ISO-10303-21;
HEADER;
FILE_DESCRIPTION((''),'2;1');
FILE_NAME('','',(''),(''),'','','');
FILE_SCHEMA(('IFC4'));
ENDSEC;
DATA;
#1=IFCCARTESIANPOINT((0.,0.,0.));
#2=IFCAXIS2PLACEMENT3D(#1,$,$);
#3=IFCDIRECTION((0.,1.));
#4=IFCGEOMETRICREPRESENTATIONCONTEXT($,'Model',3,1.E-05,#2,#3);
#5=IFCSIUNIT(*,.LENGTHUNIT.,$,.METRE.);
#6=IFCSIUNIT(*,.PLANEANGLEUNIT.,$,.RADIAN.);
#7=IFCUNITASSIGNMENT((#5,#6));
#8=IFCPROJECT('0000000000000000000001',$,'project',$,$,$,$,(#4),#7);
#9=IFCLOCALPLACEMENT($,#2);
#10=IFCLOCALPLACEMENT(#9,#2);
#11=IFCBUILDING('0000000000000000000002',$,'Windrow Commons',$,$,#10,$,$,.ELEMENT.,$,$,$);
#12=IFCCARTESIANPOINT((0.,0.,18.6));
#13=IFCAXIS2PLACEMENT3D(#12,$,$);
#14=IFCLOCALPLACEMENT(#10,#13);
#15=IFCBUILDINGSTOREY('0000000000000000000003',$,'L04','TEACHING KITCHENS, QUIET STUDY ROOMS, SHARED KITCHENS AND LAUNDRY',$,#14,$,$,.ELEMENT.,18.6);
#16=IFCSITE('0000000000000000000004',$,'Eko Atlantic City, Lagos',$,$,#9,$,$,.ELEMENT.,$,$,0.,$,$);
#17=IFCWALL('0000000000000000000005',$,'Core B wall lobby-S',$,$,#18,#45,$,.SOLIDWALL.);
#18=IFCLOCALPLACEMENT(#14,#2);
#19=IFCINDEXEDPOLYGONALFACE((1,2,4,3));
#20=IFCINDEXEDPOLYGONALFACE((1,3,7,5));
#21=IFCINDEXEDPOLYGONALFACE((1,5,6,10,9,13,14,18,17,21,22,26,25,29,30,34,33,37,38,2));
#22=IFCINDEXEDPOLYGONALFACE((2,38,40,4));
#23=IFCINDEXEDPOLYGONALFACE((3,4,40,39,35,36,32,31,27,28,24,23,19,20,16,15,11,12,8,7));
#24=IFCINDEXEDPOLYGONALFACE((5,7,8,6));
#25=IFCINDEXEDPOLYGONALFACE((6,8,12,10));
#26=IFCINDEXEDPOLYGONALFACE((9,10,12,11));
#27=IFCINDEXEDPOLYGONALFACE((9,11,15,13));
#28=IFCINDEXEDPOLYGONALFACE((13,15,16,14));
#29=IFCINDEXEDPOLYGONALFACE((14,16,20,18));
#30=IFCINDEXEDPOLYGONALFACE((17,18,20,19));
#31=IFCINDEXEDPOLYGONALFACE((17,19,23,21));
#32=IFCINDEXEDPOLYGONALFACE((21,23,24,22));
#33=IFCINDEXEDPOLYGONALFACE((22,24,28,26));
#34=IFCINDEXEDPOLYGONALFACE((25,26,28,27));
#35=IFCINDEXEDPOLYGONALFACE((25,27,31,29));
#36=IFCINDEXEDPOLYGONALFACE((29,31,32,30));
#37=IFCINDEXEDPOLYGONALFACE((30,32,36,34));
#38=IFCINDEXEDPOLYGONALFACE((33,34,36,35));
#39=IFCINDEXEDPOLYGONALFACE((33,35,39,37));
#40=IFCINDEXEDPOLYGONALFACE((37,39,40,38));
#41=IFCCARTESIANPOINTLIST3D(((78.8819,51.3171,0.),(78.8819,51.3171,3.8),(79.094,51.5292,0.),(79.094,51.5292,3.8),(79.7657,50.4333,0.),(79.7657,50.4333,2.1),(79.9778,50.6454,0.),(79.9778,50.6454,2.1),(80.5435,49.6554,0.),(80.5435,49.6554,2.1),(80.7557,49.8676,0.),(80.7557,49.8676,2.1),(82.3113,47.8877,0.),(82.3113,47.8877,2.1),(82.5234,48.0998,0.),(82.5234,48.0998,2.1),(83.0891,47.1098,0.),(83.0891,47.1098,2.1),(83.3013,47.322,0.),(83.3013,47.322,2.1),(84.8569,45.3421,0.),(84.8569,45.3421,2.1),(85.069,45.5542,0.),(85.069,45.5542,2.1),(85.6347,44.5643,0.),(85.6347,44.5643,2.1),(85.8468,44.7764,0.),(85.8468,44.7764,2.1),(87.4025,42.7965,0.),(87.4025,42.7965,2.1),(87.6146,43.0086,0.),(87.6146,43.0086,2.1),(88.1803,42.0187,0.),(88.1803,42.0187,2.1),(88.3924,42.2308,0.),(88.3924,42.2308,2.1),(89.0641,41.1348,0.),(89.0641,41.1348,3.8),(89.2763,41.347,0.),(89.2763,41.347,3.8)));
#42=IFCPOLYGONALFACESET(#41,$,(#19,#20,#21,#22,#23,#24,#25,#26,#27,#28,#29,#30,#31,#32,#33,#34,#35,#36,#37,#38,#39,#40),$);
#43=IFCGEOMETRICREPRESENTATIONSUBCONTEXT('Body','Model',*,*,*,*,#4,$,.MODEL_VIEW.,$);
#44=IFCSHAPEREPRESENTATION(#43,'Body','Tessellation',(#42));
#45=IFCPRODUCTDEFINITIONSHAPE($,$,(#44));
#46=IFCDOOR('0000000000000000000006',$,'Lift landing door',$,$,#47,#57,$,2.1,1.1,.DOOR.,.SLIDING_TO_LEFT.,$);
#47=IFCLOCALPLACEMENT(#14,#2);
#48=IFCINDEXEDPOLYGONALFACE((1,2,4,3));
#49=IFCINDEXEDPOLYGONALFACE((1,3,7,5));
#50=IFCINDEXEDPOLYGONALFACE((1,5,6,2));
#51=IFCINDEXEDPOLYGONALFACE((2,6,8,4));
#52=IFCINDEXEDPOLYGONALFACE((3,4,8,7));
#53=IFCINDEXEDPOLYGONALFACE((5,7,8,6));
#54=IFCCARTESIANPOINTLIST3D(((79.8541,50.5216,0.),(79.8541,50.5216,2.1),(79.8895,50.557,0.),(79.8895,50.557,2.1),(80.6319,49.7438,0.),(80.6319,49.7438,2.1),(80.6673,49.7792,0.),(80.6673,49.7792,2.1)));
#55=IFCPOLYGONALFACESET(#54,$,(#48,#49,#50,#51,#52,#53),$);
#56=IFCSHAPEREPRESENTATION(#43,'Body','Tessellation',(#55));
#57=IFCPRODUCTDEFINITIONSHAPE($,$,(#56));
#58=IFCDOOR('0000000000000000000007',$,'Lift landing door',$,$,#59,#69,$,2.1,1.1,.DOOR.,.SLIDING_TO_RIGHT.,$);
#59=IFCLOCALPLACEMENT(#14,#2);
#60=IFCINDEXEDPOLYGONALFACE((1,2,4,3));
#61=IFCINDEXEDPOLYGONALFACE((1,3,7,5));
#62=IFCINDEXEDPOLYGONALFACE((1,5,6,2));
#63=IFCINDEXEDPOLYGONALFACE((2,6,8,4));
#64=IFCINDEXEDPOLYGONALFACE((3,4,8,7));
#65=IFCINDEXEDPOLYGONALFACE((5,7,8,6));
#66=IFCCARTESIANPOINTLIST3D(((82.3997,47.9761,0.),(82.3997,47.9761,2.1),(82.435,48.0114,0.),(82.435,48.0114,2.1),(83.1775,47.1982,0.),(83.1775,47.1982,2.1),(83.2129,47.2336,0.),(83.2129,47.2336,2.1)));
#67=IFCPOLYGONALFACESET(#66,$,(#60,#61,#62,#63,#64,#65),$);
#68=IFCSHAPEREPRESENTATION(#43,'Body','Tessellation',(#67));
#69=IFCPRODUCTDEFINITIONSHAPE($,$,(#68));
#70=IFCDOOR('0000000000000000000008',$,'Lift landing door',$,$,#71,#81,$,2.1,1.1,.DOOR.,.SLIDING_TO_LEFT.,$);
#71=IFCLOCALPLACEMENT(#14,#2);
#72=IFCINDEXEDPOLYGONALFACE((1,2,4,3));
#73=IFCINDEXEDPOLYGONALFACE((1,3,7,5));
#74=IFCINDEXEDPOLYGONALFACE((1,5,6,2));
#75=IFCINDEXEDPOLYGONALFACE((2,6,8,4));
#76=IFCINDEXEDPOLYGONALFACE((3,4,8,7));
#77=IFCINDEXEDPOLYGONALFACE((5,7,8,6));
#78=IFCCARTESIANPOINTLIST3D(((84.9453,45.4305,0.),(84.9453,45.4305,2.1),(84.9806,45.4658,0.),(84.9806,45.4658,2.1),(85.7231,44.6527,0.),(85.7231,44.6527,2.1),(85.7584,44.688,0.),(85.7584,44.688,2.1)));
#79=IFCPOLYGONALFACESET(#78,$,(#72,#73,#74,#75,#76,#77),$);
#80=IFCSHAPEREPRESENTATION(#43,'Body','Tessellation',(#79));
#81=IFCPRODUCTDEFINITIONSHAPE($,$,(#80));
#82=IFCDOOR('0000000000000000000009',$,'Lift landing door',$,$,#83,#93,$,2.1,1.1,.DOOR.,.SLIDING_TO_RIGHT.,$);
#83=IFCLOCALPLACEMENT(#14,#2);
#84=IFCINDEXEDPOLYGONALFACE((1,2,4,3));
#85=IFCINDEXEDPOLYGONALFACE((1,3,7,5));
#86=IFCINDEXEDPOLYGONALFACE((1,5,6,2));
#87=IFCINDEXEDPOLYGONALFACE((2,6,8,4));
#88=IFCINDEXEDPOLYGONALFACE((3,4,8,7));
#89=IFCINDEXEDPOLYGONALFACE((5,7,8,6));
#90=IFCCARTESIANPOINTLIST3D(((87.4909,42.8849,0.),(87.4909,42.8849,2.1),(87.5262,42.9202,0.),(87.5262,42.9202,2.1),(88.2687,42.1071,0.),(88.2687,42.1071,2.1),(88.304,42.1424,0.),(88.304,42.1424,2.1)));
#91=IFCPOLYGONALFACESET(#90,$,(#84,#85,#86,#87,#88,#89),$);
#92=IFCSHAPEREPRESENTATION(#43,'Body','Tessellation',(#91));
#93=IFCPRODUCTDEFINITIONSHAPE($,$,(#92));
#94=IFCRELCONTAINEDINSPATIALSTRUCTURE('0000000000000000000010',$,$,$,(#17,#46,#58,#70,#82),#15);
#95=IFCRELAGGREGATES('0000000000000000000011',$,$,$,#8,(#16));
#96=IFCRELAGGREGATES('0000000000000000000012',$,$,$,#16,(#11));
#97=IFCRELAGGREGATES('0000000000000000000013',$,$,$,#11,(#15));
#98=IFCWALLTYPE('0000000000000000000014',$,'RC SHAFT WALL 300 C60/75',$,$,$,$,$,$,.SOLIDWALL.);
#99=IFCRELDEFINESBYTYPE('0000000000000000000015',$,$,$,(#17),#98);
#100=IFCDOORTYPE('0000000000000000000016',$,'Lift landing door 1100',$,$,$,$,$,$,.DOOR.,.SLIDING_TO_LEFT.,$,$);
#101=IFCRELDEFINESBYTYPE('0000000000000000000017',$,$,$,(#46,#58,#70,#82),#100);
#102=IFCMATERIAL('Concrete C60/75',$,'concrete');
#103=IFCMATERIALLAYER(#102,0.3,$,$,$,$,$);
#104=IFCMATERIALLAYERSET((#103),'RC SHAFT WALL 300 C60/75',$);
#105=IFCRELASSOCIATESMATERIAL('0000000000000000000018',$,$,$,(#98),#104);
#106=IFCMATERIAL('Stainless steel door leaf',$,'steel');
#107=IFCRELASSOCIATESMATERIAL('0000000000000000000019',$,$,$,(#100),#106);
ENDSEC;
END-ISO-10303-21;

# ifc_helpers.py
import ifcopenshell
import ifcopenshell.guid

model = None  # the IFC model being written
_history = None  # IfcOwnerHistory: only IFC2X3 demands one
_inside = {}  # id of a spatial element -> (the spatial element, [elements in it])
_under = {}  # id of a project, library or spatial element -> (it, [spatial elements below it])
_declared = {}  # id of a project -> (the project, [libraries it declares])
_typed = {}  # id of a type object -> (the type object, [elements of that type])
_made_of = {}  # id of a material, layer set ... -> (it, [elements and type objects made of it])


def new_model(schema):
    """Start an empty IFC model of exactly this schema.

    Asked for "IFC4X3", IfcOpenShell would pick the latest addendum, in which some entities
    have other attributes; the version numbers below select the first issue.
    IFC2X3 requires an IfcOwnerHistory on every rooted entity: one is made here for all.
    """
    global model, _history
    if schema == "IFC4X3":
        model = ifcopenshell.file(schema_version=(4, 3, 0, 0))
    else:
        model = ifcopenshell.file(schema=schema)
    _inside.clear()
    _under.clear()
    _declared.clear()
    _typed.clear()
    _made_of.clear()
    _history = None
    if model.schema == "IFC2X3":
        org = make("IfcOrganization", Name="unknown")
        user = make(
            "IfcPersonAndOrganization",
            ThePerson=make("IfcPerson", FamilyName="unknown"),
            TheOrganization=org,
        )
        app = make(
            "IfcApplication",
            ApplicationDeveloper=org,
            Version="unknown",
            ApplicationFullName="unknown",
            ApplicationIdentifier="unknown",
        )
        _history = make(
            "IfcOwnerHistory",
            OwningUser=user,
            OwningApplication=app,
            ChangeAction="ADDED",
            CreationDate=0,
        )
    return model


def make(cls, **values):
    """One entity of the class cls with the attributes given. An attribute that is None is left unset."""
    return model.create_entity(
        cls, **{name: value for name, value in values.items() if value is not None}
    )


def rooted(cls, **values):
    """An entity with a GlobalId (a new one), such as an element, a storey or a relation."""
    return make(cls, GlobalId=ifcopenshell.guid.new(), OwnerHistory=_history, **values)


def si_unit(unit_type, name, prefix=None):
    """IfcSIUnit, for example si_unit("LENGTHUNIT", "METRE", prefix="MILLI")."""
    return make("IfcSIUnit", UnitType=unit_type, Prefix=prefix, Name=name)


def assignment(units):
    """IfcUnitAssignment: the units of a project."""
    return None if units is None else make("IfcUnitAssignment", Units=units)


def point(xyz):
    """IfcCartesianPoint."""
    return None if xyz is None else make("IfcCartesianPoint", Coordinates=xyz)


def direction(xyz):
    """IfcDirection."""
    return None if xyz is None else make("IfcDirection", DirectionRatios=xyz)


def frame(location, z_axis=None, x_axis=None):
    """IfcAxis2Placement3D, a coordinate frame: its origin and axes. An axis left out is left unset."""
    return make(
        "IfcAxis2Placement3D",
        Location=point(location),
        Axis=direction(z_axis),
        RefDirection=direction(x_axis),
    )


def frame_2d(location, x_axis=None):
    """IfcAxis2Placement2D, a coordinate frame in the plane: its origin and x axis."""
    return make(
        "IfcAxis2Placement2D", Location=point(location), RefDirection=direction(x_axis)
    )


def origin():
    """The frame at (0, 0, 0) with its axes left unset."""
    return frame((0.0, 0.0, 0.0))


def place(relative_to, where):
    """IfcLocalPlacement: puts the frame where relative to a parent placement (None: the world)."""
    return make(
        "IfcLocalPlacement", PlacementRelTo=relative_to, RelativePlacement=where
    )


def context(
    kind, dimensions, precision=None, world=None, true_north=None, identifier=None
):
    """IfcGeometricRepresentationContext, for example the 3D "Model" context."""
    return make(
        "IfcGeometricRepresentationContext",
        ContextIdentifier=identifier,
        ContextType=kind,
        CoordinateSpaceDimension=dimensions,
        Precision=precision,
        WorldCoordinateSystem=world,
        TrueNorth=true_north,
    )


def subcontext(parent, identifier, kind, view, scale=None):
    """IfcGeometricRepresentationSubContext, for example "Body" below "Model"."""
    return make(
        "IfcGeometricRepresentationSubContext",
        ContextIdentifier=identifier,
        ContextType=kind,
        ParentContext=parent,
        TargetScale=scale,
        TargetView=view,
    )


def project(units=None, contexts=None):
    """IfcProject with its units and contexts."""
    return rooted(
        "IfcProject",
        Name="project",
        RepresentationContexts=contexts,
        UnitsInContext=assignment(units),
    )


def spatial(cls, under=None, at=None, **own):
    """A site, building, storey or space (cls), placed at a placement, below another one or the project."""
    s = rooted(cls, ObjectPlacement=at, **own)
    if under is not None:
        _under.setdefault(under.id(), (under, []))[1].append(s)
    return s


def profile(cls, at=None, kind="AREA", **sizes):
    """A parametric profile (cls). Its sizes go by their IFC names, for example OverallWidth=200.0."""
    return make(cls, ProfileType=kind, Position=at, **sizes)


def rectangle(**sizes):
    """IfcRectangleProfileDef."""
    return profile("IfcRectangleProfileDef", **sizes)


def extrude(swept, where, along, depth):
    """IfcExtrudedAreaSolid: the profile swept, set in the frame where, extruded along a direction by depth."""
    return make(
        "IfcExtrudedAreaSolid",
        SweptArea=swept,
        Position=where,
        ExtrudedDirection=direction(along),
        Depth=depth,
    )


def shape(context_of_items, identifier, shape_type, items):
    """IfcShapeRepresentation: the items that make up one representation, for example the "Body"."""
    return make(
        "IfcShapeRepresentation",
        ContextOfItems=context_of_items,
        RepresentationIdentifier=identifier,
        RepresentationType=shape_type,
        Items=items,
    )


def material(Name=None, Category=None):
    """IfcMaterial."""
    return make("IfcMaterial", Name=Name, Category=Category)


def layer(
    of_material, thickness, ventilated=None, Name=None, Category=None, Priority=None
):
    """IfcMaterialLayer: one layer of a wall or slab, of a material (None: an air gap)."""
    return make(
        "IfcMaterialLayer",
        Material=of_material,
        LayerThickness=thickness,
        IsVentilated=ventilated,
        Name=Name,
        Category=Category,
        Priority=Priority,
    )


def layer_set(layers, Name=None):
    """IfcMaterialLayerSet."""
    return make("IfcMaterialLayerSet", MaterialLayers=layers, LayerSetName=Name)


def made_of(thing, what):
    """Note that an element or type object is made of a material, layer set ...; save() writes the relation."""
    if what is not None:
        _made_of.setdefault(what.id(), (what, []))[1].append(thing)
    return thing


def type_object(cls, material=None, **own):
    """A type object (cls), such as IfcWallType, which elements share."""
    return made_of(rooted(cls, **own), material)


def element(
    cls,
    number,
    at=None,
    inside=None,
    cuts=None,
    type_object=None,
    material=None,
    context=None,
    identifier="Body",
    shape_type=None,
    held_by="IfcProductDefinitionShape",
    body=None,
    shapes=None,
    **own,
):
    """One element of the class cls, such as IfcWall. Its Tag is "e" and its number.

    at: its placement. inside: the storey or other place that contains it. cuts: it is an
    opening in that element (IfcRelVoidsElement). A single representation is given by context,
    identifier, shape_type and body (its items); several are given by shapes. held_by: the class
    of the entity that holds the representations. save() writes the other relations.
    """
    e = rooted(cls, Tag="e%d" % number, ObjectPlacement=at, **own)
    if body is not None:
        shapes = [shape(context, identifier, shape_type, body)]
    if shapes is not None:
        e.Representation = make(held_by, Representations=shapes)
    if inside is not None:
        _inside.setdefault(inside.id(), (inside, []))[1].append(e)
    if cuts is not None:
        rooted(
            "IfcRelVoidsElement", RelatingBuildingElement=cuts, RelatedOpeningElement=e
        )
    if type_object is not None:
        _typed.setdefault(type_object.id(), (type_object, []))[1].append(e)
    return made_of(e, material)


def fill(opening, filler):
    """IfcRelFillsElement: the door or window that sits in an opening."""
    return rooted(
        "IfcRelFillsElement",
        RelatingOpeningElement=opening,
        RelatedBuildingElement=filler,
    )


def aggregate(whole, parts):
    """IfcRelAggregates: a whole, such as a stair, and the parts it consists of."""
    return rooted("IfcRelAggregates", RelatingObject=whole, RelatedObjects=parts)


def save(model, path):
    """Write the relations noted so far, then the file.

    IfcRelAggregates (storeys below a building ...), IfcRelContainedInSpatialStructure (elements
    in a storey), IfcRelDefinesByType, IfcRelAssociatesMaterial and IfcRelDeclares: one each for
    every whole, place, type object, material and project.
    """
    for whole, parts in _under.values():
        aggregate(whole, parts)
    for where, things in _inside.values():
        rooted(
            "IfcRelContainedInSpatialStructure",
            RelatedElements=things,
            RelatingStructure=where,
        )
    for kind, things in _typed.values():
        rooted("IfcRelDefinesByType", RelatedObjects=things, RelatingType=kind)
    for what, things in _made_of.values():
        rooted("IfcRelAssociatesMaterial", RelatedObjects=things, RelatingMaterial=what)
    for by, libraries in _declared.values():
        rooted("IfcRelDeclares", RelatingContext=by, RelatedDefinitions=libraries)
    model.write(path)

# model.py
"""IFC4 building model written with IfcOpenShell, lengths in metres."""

from ifc_helpers import new_model, si_unit, direction, frame, frame_2d, origin, place, context, subcontext, project, spatial, rectangle, extrude, material, layer, layer_set, type_object, element, fill, save


model = new_model("IFC4")

# Units and contexts
model_context = context("Model", 3, precision=1e-05, world=origin(), true_north=direction((0.0, 1.0)))
body_context = subcontext(model_context, "Body", "Model", "MODEL_VIEW")
ifc_project = project(units=[si_unit("LENGTHUNIT", "METRE"), si_unit("PLANEANGLEUNIT", "RADIAN")], contexts=[model_context])

# Site, building, storey
site_placement = place(None, origin())
site = spatial("IfcSite", under=ifc_project, at=site_placement, Name="Eko Atlantic City, Lagos", CompositionType="ELEMENT", RefElevation=0.0)
building_placement = place(site_placement, origin())
building = spatial("IfcBuilding", under=site, at=building_placement, Name="Windrow Commons", CompositionType="ELEMENT")
storey_placement = place(building_placement, frame((0.0, 0.0, 18.6)))
storey = spatial("IfcBuildingStorey", under=building, at=storey_placement, Name="L04", Description="TEACHING KITCHENS, QUIET STUDY ROOMS, SHARED KITCHENS AND LAUNDRY", CompositionType="ELEMENT", Elevation=18.6)

# Wall, openings, doors
ifc_material_1 = material(Name="Concrete C60/75", Category="concrete")
ifc_layer_1 = layer(ifc_material_1, 0.3)
ifc_layer_set_1 = layer_set([ifc_layer_1], Name="RC SHAFT WALL 300 C60/75")
wall_type_1 = type_object("IfcWallType", Name="RC SHAFT WALL 300 C60/75", PredefinedType="SOLIDWALL", material=ifc_layer_set_1)
wall_1_placement = place(storey_placement, frame((78.9879, 51.4232, 0.0), z_axis=(0.0, 0.0, 1.0), x_axis=(0.707107, -0.707107, 0.0)))
wall_1 = element("IfcWall", 1, at=wall_1_placement, inside=storey, type_object=wall_type_1, Name="Core B wall lobby-S", PredefinedType="SOLIDWALL", context=body_context, shape_type="SweptSolid", body=[
    extrude(rectangle(XDim=14.3999, YDim=0.3, at=frame_2d((7.2, 0.0))), origin(), (0.0, 0.0, 1.0), 3.8),
])
opening_1_placement = place(wall_1_placement, frame((1.25, 0.0, 0.0)))
opening_1 = element("IfcOpeningElement", 2, at=opening_1_placement, cuts=wall_1, PredefinedType="OPENING", context=body_context, shape_type="SweptSolid", body=[
    extrude(rectangle(XDim=1.1, YDim=2.1, at=frame_2d((0.55, 1.05))), frame((0.0, 0.16, 0.0), z_axis=(0.0, -1.0, 0.0), x_axis=(1.0, 0.0, 0.0)), (0.0, 0.0, 1.0), 0.32),
])
opening_2_placement = place(wall_1_placement, frame((4.85, 0.0, 0.0)))
opening_2 = element("IfcOpeningElement", 3, at=opening_2_placement, cuts=wall_1, PredefinedType="OPENING", context=body_context, shape_type="SweptSolid", body=[
    extrude(rectangle(XDim=1.1, YDim=2.1, at=frame_2d((0.55, 1.05))), frame((0.0, 0.16, 0.0), z_axis=(0.0, -1.0, 0.0), x_axis=(1.0, 0.0, 0.0)), (0.0, 0.0, 1.0), 0.32),
])
opening_3_placement = place(wall_1_placement, frame((8.45, 0.0, 0.0)))
opening_3 = element("IfcOpeningElement", 4, at=opening_3_placement, cuts=wall_1, PredefinedType="OPENING", context=body_context, shape_type="SweptSolid", body=[
    extrude(rectangle(XDim=1.1, YDim=2.1, at=frame_2d((0.55, 1.05))), frame((0.0, 0.16, 0.0), z_axis=(0.0, -1.0, 0.0), x_axis=(1.0, 0.0, 0.0)), (0.0, 0.0, 1.0), 0.32),
])
opening_4_placement = place(wall_1_placement, frame((12.05, 0.0, 0.0)))
opening_4 = element("IfcOpeningElement", 5, at=opening_4_placement, cuts=wall_1, PredefinedType="OPENING", context=body_context, shape_type="SweptSolid", body=[
    extrude(rectangle(XDim=1.1, YDim=2.1, at=frame_2d((0.55, 1.05))), frame((0.0, 0.16, 0.0), z_axis=(0.0, -1.0, 0.0), x_axis=(1.0, 0.0, 0.0)), (0.0, 0.0, 1.0), 0.32),
])
ifc_material_2 = material(Name="Stainless steel door leaf", Category="steel")
door_type_1 = type_object("IfcDoorType", Name="Lift landing door 1100", OperationType="SLIDING_TO_LEFT", PredefinedType="DOOR", material=ifc_material_2)
door_1_placement = place(opening_1_placement, origin())
door_1 = element("IfcDoor", 6, at=door_1_placement, inside=storey, type_object=door_type_1, Name="Lift landing door", OperationType="SLIDING_TO_LEFT", OverallHeight=2.1, OverallWidth=1.1, PredefinedType="DOOR", context=body_context, shape_type="SweptSolid", body=[
    extrude(rectangle(XDim=1.1, YDim=2.1, at=frame_2d((0.55, 1.05))), frame((0.0, 0.025, 0.0), z_axis=(0.0, -1.0, 0.0), x_axis=(1.0, 0.0, 0.0)), (0.0, 0.0, 1.0), 0.05),
])
fill(opening_1, door_1)
door_2_placement = place(opening_2_placement, origin())
door_2 = element("IfcDoor", 7, at=door_2_placement, inside=storey, type_object=door_type_1, Name="Lift landing door", OperationType="SLIDING_TO_RIGHT", OverallHeight=2.1, OverallWidth=1.1, PredefinedType="DOOR", context=body_context, shape_type="SweptSolid", body=[
    extrude(rectangle(XDim=1.1, YDim=2.1, at=frame_2d((0.55, 1.05))), frame((0.0, 0.025, 0.0), z_axis=(0.0, -1.0, 0.0), x_axis=(1.0, 0.0, 0.0)), (0.0, 0.0, 1.0), 0.05),
])
fill(opening_2, door_2)
door_3_placement = place(opening_3_placement, origin())
door_3 = element("IfcDoor", 8, at=door_3_placement, inside=storey, type_object=door_type_1, Name="Lift landing door", OperationType="SLIDING_TO_LEFT", OverallHeight=2.1, OverallWidth=1.1, PredefinedType="DOOR", context=body_context, shape_type="SweptSolid", body=[
    extrude(rectangle(XDim=1.1, YDim=2.1, at=frame_2d((0.55, 1.05))), frame((0.0, 0.025, 0.0), z_axis=(0.0, -1.0, 0.0), x_axis=(1.0, 0.0, 0.0)), (0.0, 0.0, 1.0), 0.05),
])
fill(opening_3, door_3)
door_4_placement = place(opening_4_placement, origin())
door_4 = element("IfcDoor", 9, at=door_4_placement, inside=storey, type_object=door_type_1, Name="Lift landing door", OperationType="SLIDING_TO_RIGHT", OverallHeight=2.1, OverallWidth=1.1, PredefinedType="DOOR", context=body_context, shape_type="SweptSolid", body=[
    extrude(rectangle(XDim=1.1, YDim=2.1, at=frame_2d((0.55, 1.05))), frame((0.0, 0.025, 0.0), z_axis=(0.0, -1.0, 0.0), x_axis=(1.0, 0.0, 0.0)), (0.0, 0.0, 1.0), 0.05),
])
fill(opening_4, door_4)

save(model, "model.ifc")
